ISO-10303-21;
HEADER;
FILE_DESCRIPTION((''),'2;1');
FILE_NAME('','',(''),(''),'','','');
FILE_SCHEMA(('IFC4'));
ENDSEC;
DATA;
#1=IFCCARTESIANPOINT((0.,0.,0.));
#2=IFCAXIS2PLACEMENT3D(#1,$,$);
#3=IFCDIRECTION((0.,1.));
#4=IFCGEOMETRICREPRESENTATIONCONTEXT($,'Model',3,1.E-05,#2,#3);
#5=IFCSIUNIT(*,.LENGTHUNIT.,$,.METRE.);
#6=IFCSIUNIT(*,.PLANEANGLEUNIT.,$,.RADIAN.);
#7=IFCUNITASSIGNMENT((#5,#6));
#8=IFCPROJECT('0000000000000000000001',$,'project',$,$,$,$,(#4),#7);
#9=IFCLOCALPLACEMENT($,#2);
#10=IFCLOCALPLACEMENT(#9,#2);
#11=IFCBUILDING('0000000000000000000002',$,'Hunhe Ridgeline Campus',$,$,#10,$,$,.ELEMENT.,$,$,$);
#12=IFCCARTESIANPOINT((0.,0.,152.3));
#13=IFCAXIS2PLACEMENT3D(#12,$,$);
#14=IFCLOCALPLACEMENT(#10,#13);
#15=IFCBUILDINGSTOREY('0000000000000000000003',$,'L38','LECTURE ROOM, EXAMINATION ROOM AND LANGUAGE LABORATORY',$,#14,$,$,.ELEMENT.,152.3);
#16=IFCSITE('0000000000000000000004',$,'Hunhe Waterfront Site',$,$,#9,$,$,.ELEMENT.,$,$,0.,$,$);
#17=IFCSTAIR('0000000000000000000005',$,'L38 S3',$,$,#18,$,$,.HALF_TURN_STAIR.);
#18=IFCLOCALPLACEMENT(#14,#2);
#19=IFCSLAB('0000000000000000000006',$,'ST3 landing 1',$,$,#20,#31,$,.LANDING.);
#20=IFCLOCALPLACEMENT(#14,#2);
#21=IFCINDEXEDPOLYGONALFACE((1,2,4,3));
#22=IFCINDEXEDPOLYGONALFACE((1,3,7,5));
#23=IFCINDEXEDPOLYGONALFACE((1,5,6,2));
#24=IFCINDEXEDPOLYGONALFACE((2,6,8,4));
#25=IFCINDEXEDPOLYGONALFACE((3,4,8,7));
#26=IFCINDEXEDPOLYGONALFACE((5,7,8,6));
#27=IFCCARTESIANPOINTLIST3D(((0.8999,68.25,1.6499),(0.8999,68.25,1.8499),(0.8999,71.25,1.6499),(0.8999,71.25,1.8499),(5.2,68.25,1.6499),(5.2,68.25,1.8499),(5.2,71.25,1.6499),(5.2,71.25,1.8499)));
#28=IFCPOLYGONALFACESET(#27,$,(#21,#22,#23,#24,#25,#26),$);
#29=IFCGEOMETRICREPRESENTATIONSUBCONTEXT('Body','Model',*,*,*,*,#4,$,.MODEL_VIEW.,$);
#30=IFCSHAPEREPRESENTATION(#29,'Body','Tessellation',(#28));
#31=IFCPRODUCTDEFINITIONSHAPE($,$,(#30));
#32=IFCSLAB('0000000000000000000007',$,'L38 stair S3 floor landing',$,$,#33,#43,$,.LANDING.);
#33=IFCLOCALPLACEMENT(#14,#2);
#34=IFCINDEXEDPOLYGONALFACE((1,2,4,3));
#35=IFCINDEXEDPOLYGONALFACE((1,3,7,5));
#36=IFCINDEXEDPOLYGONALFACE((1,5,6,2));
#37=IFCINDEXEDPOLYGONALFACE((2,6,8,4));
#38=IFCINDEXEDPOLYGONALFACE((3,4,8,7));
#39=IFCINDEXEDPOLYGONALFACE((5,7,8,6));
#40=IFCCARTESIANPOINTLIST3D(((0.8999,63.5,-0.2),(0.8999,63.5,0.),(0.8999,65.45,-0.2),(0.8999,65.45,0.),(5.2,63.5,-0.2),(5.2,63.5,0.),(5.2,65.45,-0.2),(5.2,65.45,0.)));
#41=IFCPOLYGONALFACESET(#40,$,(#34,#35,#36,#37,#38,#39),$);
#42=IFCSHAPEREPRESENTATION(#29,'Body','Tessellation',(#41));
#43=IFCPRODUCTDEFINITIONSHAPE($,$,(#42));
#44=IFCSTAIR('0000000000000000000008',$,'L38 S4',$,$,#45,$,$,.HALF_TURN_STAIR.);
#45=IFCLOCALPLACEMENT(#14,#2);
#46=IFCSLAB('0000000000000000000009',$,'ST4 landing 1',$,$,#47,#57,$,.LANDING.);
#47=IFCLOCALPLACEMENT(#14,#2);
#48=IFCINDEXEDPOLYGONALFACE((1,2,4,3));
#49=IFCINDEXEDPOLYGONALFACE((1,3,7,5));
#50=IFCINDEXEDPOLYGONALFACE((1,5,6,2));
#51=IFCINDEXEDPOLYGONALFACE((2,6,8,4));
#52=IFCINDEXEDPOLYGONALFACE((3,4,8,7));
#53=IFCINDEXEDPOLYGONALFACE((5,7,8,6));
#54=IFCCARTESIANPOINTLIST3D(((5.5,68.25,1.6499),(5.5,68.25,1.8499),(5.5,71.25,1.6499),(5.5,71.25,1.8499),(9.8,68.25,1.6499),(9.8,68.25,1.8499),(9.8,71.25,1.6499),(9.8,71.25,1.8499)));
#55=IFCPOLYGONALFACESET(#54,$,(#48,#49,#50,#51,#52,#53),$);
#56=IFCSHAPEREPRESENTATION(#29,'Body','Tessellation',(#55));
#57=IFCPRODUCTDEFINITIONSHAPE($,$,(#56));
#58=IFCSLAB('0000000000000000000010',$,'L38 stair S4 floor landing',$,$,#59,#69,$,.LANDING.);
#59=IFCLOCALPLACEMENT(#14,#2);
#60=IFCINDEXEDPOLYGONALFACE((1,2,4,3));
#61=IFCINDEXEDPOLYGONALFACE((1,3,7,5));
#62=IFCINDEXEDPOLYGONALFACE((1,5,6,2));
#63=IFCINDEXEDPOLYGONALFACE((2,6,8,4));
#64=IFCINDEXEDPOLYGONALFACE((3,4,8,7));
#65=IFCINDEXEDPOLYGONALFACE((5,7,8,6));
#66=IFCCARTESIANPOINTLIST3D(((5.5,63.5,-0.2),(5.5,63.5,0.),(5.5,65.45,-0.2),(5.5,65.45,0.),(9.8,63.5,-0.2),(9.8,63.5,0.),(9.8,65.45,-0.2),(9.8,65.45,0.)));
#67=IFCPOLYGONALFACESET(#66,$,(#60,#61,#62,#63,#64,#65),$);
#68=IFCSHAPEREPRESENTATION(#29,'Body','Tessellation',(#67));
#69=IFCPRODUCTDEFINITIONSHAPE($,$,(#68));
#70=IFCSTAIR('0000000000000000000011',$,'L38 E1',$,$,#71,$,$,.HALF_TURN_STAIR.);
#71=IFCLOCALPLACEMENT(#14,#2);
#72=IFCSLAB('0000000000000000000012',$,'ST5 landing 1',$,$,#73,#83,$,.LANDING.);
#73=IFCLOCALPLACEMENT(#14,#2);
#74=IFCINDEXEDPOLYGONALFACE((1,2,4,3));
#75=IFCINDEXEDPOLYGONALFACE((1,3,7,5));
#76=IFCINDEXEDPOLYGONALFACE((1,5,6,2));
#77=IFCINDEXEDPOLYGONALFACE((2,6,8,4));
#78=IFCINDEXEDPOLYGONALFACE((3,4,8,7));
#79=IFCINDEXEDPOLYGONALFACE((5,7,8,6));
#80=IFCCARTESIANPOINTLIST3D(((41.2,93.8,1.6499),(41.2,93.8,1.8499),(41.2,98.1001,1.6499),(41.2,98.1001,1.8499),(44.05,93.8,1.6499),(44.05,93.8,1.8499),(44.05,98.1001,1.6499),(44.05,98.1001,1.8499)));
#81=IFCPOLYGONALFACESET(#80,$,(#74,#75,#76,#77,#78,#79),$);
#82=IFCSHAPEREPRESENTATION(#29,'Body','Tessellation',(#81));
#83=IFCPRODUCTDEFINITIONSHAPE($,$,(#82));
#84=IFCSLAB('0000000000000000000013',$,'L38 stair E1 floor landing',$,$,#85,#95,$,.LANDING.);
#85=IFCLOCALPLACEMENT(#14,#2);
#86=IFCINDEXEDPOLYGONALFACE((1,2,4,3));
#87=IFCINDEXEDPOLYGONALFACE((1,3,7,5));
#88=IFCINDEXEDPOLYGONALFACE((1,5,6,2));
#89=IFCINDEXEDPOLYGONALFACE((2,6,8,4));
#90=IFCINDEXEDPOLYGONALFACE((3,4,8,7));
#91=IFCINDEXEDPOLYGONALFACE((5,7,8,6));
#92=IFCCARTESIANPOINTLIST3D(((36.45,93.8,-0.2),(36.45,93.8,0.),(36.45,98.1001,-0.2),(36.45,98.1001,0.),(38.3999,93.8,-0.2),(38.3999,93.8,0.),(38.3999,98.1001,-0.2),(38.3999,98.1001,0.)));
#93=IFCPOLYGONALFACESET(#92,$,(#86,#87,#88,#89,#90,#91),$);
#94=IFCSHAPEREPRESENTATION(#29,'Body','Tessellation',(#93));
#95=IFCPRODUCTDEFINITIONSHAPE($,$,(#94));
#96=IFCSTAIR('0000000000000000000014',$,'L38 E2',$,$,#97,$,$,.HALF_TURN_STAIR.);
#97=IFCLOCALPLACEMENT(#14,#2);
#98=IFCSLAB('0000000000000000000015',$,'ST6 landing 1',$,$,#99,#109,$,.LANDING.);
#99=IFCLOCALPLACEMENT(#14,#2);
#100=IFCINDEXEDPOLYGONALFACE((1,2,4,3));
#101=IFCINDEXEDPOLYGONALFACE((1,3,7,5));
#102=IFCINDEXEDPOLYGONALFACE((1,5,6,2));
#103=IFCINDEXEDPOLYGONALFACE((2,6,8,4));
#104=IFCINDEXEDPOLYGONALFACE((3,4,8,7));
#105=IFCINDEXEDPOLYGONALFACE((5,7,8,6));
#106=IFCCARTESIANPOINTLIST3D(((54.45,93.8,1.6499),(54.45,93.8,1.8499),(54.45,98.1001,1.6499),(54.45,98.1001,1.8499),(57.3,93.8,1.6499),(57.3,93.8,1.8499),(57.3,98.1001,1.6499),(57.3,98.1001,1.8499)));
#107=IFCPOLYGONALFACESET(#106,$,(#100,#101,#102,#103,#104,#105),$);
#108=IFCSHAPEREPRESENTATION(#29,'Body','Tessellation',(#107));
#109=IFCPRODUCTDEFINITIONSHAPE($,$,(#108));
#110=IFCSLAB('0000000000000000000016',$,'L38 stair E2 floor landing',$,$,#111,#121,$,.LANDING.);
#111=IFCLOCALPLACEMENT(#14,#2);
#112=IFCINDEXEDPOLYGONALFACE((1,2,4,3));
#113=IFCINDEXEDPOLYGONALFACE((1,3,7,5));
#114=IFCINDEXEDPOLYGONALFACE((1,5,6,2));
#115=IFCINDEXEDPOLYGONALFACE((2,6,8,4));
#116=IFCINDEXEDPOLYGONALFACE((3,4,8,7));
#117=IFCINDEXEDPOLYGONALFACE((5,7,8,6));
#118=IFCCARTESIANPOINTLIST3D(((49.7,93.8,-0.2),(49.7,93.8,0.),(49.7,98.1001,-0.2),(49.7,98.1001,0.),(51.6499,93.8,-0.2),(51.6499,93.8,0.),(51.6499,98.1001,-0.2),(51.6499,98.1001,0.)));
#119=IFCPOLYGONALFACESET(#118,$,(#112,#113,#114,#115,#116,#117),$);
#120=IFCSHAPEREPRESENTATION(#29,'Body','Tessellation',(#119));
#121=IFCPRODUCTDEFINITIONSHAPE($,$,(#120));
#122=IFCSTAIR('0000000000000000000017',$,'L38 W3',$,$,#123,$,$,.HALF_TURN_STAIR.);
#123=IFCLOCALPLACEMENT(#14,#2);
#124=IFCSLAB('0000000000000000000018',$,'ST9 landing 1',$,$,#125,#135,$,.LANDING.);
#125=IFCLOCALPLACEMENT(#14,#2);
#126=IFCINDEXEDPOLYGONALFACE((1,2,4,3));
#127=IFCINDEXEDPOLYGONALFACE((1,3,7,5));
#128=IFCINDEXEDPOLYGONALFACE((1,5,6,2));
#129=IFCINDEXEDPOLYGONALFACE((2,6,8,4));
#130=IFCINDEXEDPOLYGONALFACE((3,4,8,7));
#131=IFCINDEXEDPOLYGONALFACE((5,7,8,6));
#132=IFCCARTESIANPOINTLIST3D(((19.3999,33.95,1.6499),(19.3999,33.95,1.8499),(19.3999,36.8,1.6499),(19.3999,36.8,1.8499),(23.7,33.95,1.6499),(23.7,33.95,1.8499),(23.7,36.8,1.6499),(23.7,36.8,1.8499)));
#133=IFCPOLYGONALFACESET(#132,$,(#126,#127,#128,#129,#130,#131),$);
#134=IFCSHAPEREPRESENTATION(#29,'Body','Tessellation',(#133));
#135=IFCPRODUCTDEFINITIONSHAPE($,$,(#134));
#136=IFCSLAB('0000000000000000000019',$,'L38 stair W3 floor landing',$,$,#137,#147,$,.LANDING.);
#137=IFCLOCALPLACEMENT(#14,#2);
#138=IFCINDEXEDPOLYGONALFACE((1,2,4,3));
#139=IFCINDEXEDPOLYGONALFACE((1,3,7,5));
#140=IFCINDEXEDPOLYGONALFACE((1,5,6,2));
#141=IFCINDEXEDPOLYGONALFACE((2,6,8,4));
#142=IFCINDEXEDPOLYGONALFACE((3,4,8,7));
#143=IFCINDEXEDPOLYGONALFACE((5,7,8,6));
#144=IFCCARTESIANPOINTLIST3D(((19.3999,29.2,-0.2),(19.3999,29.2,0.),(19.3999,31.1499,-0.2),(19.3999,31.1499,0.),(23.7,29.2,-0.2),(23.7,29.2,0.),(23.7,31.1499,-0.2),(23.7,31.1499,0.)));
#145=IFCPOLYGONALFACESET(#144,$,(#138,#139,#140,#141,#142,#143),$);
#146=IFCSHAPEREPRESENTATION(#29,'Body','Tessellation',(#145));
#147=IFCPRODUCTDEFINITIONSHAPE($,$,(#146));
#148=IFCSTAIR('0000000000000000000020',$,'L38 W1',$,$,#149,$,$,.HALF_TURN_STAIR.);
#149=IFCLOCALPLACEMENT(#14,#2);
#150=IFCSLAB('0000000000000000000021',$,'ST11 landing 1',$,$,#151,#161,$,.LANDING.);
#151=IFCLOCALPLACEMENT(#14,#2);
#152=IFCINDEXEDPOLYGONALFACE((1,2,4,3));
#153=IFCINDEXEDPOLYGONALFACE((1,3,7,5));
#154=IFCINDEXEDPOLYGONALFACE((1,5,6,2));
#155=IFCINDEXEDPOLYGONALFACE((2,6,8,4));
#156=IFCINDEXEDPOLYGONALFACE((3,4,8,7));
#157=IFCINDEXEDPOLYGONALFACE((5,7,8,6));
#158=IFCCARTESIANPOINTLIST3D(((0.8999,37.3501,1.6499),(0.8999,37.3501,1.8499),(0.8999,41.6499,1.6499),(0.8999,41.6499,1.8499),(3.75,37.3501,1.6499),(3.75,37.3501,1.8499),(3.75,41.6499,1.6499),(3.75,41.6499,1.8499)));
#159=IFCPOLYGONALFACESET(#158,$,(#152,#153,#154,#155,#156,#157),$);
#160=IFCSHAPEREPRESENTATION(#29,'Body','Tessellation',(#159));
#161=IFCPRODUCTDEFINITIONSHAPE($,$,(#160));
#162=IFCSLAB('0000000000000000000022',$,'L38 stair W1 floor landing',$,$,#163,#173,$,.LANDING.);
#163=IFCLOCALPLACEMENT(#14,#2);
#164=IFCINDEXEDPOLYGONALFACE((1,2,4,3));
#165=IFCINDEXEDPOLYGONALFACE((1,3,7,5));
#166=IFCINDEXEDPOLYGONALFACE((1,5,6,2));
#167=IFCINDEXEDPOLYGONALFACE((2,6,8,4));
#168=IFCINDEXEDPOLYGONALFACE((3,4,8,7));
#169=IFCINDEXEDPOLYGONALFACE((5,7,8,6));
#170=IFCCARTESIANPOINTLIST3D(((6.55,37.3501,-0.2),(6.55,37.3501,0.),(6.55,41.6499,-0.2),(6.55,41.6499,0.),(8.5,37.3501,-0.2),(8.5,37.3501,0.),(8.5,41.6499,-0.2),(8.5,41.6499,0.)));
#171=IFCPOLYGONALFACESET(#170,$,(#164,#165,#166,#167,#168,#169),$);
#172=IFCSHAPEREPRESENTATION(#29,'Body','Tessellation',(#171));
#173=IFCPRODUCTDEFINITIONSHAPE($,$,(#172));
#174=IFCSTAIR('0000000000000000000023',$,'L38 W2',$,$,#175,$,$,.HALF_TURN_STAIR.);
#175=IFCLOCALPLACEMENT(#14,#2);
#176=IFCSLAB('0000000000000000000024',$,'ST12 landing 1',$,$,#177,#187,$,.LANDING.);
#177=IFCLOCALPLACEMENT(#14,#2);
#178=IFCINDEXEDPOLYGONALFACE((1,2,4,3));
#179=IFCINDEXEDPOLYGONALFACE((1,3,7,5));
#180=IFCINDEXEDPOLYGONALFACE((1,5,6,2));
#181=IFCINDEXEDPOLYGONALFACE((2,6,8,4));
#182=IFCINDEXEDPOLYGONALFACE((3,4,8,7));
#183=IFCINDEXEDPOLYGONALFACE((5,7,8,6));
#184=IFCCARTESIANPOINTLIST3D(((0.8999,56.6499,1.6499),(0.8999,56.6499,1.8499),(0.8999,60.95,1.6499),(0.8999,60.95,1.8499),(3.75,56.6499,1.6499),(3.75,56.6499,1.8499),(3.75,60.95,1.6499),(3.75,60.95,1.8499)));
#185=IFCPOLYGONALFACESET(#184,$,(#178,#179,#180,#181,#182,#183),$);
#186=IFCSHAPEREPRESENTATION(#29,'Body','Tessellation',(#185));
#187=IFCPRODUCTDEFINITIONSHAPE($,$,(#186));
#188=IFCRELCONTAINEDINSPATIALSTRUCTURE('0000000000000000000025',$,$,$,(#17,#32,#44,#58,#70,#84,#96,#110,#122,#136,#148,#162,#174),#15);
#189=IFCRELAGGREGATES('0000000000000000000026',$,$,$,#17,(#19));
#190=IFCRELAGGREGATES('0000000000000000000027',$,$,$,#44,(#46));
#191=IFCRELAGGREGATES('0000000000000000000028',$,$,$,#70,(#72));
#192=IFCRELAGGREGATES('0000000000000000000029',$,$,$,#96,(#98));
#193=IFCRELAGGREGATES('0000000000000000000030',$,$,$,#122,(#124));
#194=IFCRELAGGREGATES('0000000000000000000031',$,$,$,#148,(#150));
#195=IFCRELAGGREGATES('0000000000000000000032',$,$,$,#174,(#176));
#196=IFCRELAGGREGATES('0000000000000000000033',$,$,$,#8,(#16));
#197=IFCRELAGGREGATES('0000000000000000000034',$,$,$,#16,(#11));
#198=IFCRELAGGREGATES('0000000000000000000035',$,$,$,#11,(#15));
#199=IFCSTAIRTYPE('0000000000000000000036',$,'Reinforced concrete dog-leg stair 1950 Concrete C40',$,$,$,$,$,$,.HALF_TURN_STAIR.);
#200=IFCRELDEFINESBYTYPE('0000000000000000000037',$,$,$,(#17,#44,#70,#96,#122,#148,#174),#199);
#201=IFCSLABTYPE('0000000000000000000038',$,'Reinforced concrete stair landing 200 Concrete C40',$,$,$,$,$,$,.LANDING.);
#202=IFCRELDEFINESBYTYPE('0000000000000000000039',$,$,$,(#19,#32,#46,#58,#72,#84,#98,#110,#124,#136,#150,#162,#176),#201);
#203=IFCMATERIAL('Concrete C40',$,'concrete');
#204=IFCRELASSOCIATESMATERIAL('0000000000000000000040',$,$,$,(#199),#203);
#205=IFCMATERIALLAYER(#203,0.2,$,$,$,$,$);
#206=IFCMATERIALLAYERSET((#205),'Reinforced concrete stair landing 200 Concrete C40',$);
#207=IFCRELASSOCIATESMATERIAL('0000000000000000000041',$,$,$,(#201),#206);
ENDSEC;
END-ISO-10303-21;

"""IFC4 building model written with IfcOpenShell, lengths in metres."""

from ifc_helpers import new_model, si_unit, direction, frame, origin, place, context, subcontext, project, spatial, polyline, outline, extrude, material, layer, layer_set, type_object, element, aggregate, save


model = new_model("IFC4")

# Units and contexts
model_context = context("Model", 3, precision=1e-05, world=origin(), true_north=direction((0.0, 1.0)))
body_context = subcontext(model_context, "Body", "Model", "MODEL_VIEW")
ifc_project = project(units=[si_unit("LENGTHUNIT", "METRE"), si_unit("PLANEANGLEUNIT", "RADIAN")], contexts=[model_context])

# Site, building, storey
site_placement = place(None, origin())
site = spatial("IfcSite", under=ifc_project, at=site_placement, Name="Hunhe Waterfront Site", CompositionType="ELEMENT", RefElevation=0.0)
building_placement = place(site_placement, origin())
building = spatial("IfcBuilding", under=site, at=building_placement, Name="Hunhe Ridgeline Campus", CompositionType="ELEMENT")
storey_placement = place(building_placement, frame((0.0, 0.0, 152.3)))
storey = spatial("IfcBuildingStorey", under=building, at=storey_placement, Name="L38", Description="LECTURE ROOM, EXAMINATION ROOM AND LANGUAGE LABORATORY", CompositionType="ELEMENT", Elevation=152.3)

# Shared definitions
ifc_material_1 = material(Name="Concrete C40", Category="concrete")

# Shared definitions
stair_type = type_object("IfcStairType", Name="Reinforced concrete dog-leg stair 1950 Concrete C40", PredefinedType="HALF_TURN_STAIR", material=ifc_material_1)
ifc_layer_1 = layer(ifc_material_1, 0.2)
ifc_layer_set_1 = layer_set([ifc_layer_1], Name="Reinforced concrete stair landing 200 Concrete C40")
slab_type_1 = type_object("IfcSlabType", Name="Reinforced concrete stair landing 200 Concrete C40", PredefinedType="LANDING", material=ifc_layer_set_1)

# Stair, slab
stair_1_placement = place(storey_placement, origin())
stair_1 = element("IfcStair", 1, at=stair_1_placement, inside=storey, type_object=stair_type, Name="L38 S3", PredefinedType="HALF_TURN_STAIR")
slab_1_placement = place(storey_placement, frame((0.0, 0.0, 1.6499)))
slab_1 = element("IfcSlab", 2, at=slab_1_placement, type_object=slab_type_1, Name="ST3 landing 1", PredefinedType="LANDING", context=body_context, shape_type="SweptSolid", body=[
    extrude(outline(polyline([(5.2, 68.25), (5.2, 71.25), (0.8999, 71.25), (0.8999, 68.25), (5.2, 68.25)])), origin(), (0.0, 0.0, 1.0), 0.2),
])
aggregate(stair_1, [slab_1])

# Slab
slab_2_placement = place(storey_placement, frame((0.0, 0.0, -0.2)))
element("IfcSlab", 3, at=slab_2_placement, inside=storey, type_object=slab_type_1, Name="L38 stair S3 floor landing", PredefinedType="LANDING", context=body_context, shape_type="SweptSolid", body=[
    extrude(outline(polyline([(5.2, 63.5), (5.2, 65.45), (0.8999, 65.45), (0.8999, 63.5), (5.2, 63.5)])), origin(), (0.0, 0.0, 1.0), 0.2),
])

# Stair, slab
stair_2_placement = place(storey_placement, origin())
stair_2 = element("IfcStair", 4, at=stair_2_placement, inside=storey, type_object=stair_type, Name="L38 S4", PredefinedType="HALF_TURN_STAIR")
slab_3_placement = place(storey_placement, frame((0.0, 0.0, 1.6499)))
slab_3 = element("IfcSlab", 5, at=slab_3_placement, type_object=slab_type_1, Name="ST4 landing 1", PredefinedType="LANDING", context=body_context, shape_type="SweptSolid", body=[
    extrude(outline(polyline([(9.8, 68.25), (9.8, 71.25), (5.5, 71.25), (5.5, 68.25), (9.8, 68.25)])), origin(), (0.0, 0.0, 1.0), 0.2),
])
aggregate(stair_2, [slab_3])

# Slab
slab_4_placement = place(storey_placement, frame((0.0, 0.0, -0.2)))
element("IfcSlab", 6, at=slab_4_placement, inside=storey, type_object=slab_type_1, Name="L38 stair S4 floor landing", PredefinedType="LANDING", context=body_context, shape_type="SweptSolid", body=[
    extrude(outline(polyline([(9.8, 63.5), (9.8, 65.45), (5.5, 65.45), (5.5, 63.5), (9.8, 63.5)])), origin(), (0.0, 0.0, 1.0), 0.2),
])

# Stair, slab
stair_3_placement = place(storey_placement, origin())
stair_3 = element("IfcStair", 7, at=stair_3_placement, inside=storey, type_object=stair_type, Name="L38 E1", PredefinedType="HALF_TURN_STAIR")
slab_5_placement = place(storey_placement, frame((0.0, 0.0, 1.6499)))
slab_5 = element("IfcSlab", 8, at=slab_5_placement, type_object=slab_type_1, Name="ST5 landing 1", PredefinedType="LANDING", context=body_context, shape_type="SweptSolid", body=[
    extrude(outline(polyline([(41.2, 93.8), (44.05, 93.8), (44.05, 98.1001), (41.2, 98.1001), (41.2, 93.8)])), origin(), (0.0, 0.0, 1.0), 0.2),
])
aggregate(stair_3, [slab_5])

# Slab
slab_6_placement = place(storey_placement, frame((0.0, 0.0, -0.2)))
element("IfcSlab", 9, at=slab_6_placement, inside=storey, type_object=slab_type_1, Name="L38 stair E1 floor landing", PredefinedType="LANDING", context=body_context, shape_type="SweptSolid", body=[
    extrude(outline(polyline([(36.45, 93.8), (38.3999, 93.8), (38.3999, 98.1001), (36.45, 98.1001), (36.45, 93.8)])), origin(), (0.0, 0.0, 1.0), 0.2),
])

# Stair, slab
stair_4_placement = place(storey_placement, origin())
stair_4 = element("IfcStair", 10, at=stair_4_placement, inside=storey, type_object=stair_type, Name="L38 E2", PredefinedType="HALF_TURN_STAIR")
slab_7_placement = place(storey_placement, frame((0.0, 0.0, 1.6499)))
slab_7 = element("IfcSlab", 11, at=slab_7_placement, type_object=slab_type_1, Name="ST6 landing 1", PredefinedType="LANDING", context=body_context, shape_type="SweptSolid", body=[
    extrude(outline(polyline([(54.45, 93.8), (57.3, 93.8), (57.3, 98.1001), (54.45, 98.1001), (54.45, 93.8)])), origin(), (0.0, 0.0, 1.0), 0.2),
])
aggregate(stair_4, [slab_7])

# Slab
slab_8_placement = place(storey_placement, frame((0.0, 0.0, -0.2)))
element("IfcSlab", 12, at=slab_8_placement, inside=storey, type_object=slab_type_1, Name="L38 stair E2 floor landing", PredefinedType="LANDING", context=body_context, shape_type="SweptSolid", body=[
    extrude(outline(polyline([(49.7, 93.8), (51.6499, 93.8), (51.6499, 98.1001), (49.7, 98.1001), (49.7, 93.8)])), origin(), (0.0, 0.0, 1.0), 0.2),
])

# Stair, slab
stair_5_placement = place(storey_placement, origin())
stair_5 = element("IfcStair", 13, at=stair_5_placement, inside=storey, type_object=stair_type, Name="L38 W3", PredefinedType="HALF_TURN_STAIR")
slab_9_placement = place(storey_placement, frame((0.0, 0.0, 1.6499)))
slab_9 = element("IfcSlab", 14, at=slab_9_placement, type_object=slab_type_1, Name="ST9 landing 1", PredefinedType="LANDING", context=body_context, shape_type="SweptSolid", body=[
    extrude(outline(polyline([(23.7, 33.95), (23.7, 36.8), (19.3999, 36.8), (19.3999, 33.95), (23.7, 33.95)])), origin(), (0.0, 0.0, 1.0), 0.2),
])
aggregate(stair_5, [slab_9])

# Slab
slab_10_placement = place(storey_placement, frame((0.0, 0.0, -0.2)))
element("IfcSlab", 15, at=slab_10_placement, inside=storey, type_object=slab_type_1, Name="L38 stair W3 floor landing", PredefinedType="LANDING", context=body_context, shape_type="SweptSolid", body=[
    extrude(outline(polyline([(23.7, 29.2), (23.7, 31.1499), (19.3999, 31.1499), (19.3999, 29.2), (23.7, 29.2)])), origin(), (0.0, 0.0, 1.0), 0.2),
])

# Stair, slab
stair_6_placement = place(storey_placement, origin())
stair_6 = element("IfcStair", 16, at=stair_6_placement, inside=storey, type_object=stair_type, Name="L38 W1", PredefinedType="HALF_TURN_STAIR")
slab_11_placement = place(storey_placement, frame((0.0, 0.0, 1.6499)))
slab_11 = element("IfcSlab", 17, at=slab_11_placement, type_object=slab_type_1, Name="ST11 landing 1", PredefinedType="LANDING", context=body_context, shape_type="SweptSolid", body=[
    extrude(outline(polyline([(3.75, 41.6499), (0.8999, 41.6499), (0.8999, 37.3501), (3.75, 37.3501), (3.75, 41.6499)])), origin(), (0.0, 0.0, 1.0), 0.2),
])
aggregate(stair_6, [slab_11])

# Slab
slab_12_placement = place(storey_placement, frame((0.0, 0.0, -0.2)))
element("IfcSlab", 18, at=slab_12_placement, inside=storey, type_object=slab_type_1, Name="L38 stair W1 floor landing", PredefinedType="LANDING", context=body_context, shape_type="SweptSolid", body=[
    extrude(outline(polyline([(8.5, 41.6499), (6.55, 41.6499), (6.55, 37.3501), (8.5, 37.3501), (8.5, 41.6499)])), origin(), (0.0, 0.0, 1.0), 0.2),
])

# Stair, slab
stair_7_placement = place(storey_placement, origin())
stair_7 = element("IfcStair", 19, at=stair_7_placement, inside=storey, type_object=stair_type, Name="L38 W2", PredefinedType="HALF_TURN_STAIR")
slab_13_placement = place(storey_placement, frame((0.0, 0.0, 1.6499)))
slab_13 = element("IfcSlab", 20, at=slab_13_placement, type_object=slab_type_1, Name="ST12 landing 1", PredefinedType="LANDING", context=body_context, shape_type="SweptSolid", body=[
    extrude(outline(polyline([(3.75, 60.95), (0.8999, 60.95), (0.8999, 56.6499), (3.75, 56.6499), (3.75, 60.95)])), origin(), (0.0, 0.0, 1.0), 0.2),
])
aggregate(stair_7, [slab_13])

save(model, "model.ifc")
